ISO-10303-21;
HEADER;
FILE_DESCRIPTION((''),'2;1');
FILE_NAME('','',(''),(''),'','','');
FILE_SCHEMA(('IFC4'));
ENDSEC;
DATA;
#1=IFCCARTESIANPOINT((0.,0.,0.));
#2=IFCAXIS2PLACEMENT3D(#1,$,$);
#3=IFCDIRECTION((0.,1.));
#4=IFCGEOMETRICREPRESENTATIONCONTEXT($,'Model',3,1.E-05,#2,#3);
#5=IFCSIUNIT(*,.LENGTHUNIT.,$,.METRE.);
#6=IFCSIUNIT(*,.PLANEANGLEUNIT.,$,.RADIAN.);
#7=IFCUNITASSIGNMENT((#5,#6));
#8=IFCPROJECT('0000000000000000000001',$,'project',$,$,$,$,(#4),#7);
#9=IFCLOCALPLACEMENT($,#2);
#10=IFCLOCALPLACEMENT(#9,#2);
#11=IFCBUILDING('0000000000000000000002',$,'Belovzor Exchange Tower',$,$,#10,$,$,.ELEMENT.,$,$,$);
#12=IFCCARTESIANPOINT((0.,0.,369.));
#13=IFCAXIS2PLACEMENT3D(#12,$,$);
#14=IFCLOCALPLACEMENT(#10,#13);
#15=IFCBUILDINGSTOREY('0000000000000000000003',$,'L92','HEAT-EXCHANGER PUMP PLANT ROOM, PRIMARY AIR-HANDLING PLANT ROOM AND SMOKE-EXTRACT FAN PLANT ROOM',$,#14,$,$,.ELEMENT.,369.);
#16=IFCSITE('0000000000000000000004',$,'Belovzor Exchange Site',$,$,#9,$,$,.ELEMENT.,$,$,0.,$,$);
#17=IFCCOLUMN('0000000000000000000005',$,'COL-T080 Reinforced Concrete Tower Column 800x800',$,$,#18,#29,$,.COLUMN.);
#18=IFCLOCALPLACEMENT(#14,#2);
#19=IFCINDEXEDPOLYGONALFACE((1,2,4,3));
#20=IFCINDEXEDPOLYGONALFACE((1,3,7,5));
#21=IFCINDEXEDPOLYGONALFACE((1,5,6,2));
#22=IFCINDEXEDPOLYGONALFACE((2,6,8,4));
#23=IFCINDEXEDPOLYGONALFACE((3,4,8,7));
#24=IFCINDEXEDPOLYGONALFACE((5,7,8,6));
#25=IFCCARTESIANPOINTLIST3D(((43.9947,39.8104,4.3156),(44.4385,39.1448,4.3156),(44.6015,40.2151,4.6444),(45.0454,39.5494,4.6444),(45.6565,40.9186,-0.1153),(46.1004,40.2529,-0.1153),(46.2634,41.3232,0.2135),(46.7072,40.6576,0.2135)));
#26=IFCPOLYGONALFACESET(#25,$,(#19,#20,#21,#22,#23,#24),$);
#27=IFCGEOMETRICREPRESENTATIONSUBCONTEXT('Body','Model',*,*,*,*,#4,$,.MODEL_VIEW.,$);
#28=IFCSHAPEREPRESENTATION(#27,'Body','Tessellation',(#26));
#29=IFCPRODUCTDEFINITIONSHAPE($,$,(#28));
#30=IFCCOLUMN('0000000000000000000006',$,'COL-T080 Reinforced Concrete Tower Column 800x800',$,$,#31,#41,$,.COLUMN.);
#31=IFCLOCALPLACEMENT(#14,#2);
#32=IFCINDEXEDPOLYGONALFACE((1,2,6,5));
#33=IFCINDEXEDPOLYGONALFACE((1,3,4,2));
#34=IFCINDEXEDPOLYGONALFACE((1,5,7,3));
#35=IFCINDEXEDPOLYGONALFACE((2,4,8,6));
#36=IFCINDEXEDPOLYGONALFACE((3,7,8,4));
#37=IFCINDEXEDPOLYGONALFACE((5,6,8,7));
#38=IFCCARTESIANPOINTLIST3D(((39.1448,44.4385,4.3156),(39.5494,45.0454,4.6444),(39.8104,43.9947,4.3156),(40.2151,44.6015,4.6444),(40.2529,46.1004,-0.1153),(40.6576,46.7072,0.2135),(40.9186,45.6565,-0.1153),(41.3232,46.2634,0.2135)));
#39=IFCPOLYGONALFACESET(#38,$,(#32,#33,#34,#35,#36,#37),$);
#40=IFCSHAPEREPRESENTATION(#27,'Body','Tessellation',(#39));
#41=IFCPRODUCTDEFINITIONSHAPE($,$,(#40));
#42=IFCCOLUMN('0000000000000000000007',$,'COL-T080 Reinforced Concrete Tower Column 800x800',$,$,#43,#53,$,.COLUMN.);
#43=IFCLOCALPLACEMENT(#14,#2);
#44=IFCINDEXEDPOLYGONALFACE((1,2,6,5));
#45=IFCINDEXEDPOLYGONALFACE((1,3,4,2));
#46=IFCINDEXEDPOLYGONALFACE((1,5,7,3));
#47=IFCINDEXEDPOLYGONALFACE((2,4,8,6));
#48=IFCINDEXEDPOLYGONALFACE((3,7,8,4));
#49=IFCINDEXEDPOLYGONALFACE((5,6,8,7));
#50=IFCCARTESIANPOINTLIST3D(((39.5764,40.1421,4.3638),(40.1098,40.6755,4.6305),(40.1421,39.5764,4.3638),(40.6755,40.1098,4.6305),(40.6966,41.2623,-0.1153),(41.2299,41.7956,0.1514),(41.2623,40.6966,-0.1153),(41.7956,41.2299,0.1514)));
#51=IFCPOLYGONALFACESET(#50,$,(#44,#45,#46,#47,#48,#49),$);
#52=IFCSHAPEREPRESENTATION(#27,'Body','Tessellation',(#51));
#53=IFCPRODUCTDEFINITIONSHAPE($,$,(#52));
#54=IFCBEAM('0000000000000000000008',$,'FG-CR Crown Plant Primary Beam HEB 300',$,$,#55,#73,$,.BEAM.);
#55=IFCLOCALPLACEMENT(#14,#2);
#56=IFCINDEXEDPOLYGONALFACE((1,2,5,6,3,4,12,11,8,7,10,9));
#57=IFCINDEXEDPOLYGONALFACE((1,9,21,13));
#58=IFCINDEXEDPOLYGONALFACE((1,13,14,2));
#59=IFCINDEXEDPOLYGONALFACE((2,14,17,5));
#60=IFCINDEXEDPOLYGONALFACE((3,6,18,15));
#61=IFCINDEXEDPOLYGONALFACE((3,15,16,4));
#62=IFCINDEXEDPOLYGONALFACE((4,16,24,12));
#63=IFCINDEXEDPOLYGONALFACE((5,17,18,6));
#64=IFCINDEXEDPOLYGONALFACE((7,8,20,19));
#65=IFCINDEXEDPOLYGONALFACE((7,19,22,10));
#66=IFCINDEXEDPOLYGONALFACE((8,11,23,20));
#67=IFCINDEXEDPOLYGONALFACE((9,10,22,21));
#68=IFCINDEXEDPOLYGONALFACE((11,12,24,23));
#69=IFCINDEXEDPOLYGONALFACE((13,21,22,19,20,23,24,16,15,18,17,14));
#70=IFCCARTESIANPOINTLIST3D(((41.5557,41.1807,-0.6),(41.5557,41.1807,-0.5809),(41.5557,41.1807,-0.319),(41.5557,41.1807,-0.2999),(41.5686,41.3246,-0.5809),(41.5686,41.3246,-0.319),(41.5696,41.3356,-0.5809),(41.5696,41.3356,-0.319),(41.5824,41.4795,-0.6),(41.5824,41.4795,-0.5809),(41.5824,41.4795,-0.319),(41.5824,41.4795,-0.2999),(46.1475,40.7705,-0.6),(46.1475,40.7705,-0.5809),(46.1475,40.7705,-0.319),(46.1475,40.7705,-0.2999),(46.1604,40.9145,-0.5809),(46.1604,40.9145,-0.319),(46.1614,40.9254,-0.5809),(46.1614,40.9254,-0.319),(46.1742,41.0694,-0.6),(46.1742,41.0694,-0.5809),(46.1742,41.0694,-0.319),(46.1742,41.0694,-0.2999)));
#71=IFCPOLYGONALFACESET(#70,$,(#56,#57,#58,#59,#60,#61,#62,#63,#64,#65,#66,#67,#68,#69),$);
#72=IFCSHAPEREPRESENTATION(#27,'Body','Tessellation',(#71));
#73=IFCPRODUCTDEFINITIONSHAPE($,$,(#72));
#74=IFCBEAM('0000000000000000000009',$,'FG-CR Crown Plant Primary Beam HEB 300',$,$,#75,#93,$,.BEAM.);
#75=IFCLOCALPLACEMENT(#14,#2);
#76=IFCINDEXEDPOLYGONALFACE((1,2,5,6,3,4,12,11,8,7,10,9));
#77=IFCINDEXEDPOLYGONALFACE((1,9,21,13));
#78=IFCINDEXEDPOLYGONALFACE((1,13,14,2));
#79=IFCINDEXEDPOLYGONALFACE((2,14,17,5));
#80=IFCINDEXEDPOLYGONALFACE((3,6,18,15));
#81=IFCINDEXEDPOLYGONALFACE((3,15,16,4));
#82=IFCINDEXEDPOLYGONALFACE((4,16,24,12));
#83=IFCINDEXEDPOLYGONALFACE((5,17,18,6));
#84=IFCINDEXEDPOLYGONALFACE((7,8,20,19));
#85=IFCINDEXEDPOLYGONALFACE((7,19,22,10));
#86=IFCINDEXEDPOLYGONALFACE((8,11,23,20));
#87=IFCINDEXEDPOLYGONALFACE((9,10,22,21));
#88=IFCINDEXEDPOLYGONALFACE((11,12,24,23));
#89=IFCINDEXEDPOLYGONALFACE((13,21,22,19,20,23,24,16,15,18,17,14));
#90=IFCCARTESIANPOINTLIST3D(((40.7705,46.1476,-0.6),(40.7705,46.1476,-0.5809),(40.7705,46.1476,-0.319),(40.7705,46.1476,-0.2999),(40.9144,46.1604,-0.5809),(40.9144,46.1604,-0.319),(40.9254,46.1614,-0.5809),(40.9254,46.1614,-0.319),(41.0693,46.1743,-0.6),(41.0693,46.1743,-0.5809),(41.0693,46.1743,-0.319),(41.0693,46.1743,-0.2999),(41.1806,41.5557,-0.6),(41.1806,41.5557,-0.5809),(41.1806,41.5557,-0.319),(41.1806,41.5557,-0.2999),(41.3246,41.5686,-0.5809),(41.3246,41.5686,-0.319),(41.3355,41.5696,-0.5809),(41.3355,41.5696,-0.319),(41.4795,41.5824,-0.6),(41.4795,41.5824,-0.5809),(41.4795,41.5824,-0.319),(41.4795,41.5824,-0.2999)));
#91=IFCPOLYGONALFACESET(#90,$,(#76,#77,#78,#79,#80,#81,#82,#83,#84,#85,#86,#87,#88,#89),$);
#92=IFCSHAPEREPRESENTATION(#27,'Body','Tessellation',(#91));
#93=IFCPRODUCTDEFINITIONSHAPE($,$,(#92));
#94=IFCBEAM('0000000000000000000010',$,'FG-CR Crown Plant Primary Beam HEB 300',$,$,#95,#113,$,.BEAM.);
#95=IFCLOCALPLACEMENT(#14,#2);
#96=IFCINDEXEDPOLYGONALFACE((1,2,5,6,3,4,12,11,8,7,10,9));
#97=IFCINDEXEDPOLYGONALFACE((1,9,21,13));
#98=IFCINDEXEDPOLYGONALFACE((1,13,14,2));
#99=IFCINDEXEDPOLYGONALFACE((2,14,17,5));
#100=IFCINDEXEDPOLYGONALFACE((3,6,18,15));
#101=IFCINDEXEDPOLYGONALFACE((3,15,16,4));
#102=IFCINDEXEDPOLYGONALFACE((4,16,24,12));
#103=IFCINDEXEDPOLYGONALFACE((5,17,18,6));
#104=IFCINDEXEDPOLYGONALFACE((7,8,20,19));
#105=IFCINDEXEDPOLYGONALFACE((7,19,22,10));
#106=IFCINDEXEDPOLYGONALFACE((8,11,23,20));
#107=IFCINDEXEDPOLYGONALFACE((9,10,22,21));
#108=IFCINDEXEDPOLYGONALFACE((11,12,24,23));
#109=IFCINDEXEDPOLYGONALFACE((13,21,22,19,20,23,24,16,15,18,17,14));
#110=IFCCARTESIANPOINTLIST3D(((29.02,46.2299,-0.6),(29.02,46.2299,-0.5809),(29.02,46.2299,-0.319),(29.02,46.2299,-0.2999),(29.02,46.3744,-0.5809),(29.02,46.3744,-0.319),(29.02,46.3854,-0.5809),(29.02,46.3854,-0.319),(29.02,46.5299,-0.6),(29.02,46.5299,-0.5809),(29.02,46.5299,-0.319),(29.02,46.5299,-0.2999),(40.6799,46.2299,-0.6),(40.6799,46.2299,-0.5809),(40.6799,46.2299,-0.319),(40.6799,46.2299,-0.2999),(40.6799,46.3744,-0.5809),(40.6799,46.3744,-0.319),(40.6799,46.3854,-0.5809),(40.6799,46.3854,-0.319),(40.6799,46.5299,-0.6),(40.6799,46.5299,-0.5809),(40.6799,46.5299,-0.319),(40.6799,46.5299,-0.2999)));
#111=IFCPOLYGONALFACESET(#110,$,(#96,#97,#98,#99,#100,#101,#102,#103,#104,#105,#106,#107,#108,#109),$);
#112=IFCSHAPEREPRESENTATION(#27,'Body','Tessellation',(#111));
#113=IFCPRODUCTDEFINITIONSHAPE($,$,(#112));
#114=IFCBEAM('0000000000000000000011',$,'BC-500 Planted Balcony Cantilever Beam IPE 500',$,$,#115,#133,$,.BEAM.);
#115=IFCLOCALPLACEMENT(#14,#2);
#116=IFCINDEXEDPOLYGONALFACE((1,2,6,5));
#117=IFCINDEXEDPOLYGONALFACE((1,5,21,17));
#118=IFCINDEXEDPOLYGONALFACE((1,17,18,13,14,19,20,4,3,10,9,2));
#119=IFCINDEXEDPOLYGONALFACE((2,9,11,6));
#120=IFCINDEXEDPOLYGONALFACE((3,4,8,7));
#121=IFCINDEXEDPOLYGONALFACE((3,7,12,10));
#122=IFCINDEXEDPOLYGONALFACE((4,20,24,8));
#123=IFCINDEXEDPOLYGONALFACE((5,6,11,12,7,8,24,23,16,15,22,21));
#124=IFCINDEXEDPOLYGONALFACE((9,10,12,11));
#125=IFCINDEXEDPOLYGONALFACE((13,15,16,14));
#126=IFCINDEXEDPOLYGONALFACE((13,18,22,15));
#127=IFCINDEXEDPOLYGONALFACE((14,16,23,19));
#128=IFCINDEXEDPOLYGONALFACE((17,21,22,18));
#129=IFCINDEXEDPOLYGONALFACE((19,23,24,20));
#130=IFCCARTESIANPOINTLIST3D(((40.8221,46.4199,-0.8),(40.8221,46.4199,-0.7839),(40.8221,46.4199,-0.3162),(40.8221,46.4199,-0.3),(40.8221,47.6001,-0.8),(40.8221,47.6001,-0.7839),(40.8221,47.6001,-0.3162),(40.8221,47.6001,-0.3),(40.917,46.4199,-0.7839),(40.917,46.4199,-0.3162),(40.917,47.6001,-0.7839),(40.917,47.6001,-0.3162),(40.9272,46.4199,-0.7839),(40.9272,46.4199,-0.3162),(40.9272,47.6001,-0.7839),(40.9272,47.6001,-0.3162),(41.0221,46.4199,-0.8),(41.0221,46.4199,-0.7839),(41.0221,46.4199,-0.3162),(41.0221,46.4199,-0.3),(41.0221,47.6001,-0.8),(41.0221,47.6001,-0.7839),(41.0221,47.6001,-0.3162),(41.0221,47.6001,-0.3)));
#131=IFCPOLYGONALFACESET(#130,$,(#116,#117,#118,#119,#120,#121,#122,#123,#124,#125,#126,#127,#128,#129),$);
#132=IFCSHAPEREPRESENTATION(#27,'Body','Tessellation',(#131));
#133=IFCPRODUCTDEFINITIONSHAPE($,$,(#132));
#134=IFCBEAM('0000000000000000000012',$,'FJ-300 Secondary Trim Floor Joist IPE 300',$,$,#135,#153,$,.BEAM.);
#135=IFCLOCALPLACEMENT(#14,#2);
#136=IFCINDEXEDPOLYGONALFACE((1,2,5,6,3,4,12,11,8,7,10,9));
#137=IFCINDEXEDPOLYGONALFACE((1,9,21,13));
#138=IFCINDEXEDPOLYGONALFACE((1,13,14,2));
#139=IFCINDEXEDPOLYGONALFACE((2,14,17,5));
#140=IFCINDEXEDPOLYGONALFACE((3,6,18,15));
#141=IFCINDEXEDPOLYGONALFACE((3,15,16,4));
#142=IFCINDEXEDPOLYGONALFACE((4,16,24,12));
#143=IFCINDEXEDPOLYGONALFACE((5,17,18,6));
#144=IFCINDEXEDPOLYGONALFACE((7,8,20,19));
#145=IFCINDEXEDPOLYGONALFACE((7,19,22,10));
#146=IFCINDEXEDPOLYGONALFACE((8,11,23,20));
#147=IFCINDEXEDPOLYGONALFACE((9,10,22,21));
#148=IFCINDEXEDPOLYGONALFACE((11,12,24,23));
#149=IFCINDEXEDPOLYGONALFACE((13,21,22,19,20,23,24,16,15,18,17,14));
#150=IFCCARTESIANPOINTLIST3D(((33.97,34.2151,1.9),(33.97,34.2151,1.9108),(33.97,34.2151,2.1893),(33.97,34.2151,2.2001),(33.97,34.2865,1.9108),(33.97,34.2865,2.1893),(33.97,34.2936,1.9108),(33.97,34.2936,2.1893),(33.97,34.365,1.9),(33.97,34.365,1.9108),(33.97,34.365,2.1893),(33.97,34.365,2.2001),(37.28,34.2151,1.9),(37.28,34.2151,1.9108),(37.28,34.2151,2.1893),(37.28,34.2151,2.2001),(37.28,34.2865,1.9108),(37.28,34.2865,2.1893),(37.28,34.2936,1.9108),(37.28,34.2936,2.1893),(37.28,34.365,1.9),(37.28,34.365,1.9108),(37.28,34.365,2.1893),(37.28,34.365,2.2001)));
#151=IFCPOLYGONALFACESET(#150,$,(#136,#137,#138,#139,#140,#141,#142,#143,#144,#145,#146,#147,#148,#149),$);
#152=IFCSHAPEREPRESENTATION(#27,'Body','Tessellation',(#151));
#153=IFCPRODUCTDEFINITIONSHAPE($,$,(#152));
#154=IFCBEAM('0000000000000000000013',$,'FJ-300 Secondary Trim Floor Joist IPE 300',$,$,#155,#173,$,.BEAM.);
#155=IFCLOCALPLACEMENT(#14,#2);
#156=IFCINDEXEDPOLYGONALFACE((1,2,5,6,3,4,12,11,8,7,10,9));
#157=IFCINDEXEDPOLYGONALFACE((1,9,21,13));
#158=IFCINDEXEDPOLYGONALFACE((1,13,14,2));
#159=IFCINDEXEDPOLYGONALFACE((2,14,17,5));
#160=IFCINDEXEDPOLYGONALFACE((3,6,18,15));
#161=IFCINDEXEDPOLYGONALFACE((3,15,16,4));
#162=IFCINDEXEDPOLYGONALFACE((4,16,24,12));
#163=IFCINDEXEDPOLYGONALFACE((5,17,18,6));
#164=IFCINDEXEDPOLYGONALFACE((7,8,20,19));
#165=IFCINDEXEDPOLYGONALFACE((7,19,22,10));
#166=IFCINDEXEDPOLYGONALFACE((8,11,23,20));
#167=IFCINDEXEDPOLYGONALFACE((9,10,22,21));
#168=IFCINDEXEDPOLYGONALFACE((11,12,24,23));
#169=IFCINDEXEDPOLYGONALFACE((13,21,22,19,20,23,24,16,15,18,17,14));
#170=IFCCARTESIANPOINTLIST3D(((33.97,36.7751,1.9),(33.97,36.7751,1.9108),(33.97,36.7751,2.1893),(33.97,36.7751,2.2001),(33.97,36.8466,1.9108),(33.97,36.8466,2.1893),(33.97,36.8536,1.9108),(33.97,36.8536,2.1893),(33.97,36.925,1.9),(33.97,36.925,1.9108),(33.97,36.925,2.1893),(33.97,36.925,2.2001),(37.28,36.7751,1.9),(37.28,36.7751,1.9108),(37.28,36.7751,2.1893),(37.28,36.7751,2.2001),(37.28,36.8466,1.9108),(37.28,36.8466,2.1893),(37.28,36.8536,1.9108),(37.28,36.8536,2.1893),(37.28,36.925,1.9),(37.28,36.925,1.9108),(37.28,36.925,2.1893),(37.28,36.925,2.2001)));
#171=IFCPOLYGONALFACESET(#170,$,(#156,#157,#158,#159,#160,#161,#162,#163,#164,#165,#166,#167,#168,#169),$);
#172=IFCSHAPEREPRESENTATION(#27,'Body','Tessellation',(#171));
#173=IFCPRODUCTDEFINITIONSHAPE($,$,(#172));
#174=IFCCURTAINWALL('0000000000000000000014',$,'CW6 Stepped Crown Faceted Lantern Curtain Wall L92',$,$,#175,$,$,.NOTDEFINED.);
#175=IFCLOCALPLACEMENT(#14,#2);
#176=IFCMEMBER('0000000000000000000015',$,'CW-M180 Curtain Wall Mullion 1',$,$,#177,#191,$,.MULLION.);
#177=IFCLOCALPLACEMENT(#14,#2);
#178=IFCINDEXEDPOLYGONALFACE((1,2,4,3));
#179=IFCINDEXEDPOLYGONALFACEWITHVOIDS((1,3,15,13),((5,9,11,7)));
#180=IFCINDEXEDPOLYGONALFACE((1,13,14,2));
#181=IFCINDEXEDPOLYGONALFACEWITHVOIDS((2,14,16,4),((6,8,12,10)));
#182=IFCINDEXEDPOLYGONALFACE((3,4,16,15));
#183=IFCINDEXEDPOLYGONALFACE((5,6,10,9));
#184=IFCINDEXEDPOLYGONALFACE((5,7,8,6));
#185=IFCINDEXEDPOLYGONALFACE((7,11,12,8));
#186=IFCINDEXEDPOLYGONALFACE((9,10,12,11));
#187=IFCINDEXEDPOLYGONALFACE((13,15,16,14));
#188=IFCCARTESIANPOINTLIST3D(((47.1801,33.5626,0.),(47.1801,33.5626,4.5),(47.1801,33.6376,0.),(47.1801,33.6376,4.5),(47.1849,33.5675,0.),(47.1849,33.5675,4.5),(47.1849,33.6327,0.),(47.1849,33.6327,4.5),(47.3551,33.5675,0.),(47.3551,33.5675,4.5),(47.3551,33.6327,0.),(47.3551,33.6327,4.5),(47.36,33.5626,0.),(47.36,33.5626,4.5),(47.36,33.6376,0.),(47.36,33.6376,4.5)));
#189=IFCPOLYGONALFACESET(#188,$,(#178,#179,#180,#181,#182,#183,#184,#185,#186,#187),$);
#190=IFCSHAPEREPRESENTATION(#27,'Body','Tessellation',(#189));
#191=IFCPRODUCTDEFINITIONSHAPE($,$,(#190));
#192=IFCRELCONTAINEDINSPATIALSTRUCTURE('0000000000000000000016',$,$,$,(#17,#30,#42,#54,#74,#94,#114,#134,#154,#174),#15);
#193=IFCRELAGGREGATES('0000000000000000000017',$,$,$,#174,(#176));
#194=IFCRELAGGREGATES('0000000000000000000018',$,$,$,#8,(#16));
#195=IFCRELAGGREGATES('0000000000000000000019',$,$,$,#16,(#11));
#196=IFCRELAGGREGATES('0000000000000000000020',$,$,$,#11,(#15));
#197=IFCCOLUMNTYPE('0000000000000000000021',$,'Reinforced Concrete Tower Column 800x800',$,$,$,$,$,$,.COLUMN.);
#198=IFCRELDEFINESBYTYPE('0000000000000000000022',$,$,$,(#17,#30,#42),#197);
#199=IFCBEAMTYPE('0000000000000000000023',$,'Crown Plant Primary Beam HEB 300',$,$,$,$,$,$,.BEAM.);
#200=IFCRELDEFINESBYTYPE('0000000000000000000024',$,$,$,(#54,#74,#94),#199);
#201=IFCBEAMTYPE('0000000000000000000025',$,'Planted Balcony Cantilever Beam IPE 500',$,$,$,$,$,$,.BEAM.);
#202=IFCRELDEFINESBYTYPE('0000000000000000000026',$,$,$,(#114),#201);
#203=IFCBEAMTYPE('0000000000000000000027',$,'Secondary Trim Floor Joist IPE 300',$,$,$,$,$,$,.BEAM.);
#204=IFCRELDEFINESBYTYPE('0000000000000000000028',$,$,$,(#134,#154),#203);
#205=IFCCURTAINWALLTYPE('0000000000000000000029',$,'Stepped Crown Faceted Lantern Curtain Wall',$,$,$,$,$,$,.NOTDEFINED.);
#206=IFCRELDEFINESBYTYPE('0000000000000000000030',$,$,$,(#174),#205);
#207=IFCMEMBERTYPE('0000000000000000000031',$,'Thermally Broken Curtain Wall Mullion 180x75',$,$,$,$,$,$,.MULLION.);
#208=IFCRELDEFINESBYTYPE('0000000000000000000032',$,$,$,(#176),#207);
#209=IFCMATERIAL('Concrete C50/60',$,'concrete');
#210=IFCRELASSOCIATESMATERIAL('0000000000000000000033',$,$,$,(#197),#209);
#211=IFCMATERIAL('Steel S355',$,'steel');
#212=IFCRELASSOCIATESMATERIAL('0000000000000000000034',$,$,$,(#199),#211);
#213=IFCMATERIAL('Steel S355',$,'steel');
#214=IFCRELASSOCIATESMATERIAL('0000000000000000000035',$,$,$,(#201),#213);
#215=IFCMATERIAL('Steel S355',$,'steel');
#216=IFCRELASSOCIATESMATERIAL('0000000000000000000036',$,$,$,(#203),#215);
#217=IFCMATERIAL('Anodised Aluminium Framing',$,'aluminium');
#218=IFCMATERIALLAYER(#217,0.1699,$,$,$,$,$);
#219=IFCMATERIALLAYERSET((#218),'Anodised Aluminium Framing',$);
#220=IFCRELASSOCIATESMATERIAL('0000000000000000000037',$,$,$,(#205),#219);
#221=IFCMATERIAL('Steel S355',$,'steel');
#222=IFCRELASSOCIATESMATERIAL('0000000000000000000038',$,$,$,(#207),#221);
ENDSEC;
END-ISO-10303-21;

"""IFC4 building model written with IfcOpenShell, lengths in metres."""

from ifc_helpers import new_model, si_unit, direction, frame, origin, origin_2d, place, context, subcontext, project, spatial, rectangle, hollow_rectangle, i_section, extrude, material, layer, layer_set, material_profile, profile_set, type_object, element, aggregate, save


model = new_model("IFC4")

# Units and contexts
model_context = context("Model", 3, precision=1e-05, world=origin(), true_north=direction((0.0, 1.0)))
body_context = subcontext(model_context, "Body", "Model", "MODEL_VIEW")
ifc_project = project(units=[si_unit("LENGTHUNIT", "METRE"), si_unit("PLANEANGLEUNIT", "RADIAN")], contexts=[model_context])

# Site, building, storey
site_placement = place(None, origin())
site = spatial("IfcSite", under=ifc_project, at=site_placement, Name="Belovzor Exchange Site", CompositionType="ELEMENT", RefElevation=0.0)
building_placement = place(site_placement, origin())
building = spatial("IfcBuilding", under=site, at=building_placement, Name="Belovzor Exchange Tower", CompositionType="ELEMENT")
storey_placement = place(building_placement, frame((0.0, 0.0, 369.0)))
storey = spatial("IfcBuildingStorey", under=building, at=storey_placement, Name="L92", Description="HEAT-EXCHANGER PUMP PLANT ROOM, PRIMARY AIR-HANDLING PLANT ROOM AND SMOKE-EXTRACT FAN PLANT ROOM", CompositionType="ELEMENT", Elevation=369.0)

# Columns
ifc_material_1 = material(Name="Concrete C50/60", Category="concrete")
ifc_material_profile_1 = material_profile(ifc_material_1, rectangle(XDim=0.8, YDim=0.8, at=origin_2d()))
ifc_profile_set_1 = profile_set([ifc_material_profile_1], Name="Concrete C50/60")
column_type = type_object("IfcColumnType", Name="Reinforced Concrete Tower Column 800x800", PredefinedType="COLUMN", material=ifc_profile_set_1)
for number, where, z_axis, x_axis, name in (
    (1, (46.1819, 40.7881, 0.0491), (-0.341925, -0.228, 0.911649), (0.554785, -0.831994, 0.0), "COL-T080 Reinforced Concrete Tower Column 800x800"),
    (2, (40.7881, 46.1819, 0.0491), (-0.228, -0.341925, 0.911649), (0.831994, -0.554785, 0.0), "COL-T080 Reinforced Concrete Tower Column 800x800"),
):
    element("IfcColumn", number, at=place(storey_placement, frame(where, z_axis=z_axis, x_axis=x_axis)), inside=storey, type_object=column_type, Name=name, PredefinedType="COLUMN", context=body_context, shape_type="SweptSolid", body=[
        extrude(rectangle(XDim=0.8, YDim=0.8, at=origin_2d()), origin(), (0.0, 0.0, 1.0), 4.8604),
    ])
column_placement = place(storey_placement, frame((41.2461, 41.2461, 0.0181), z_axis=(-0.235771, -0.235771, 0.942775), x_axis=(0.707107, -0.707107, 0.0)))
element("IfcColumn", 3, at=column_placement, inside=storey, type_object=column_type, Name="COL-T080 Reinforced Concrete Tower Column 800x800", PredefinedType="COLUMN", context=body_context, shape_type="SweptSolid", body=[
    extrude(rectangle(XDim=0.8, YDim=0.8, at=origin_2d()), origin(), (0.0, 0.0, 1.0), 4.751),
])

# Beams
ifc_material_2 = material(Name="Steel S355", Category="steel")
ifc_material_profile_2 = material_profile(ifc_material_2, i_section(OverallWidth=0.3, OverallDepth=0.3, WebThickness=0.011, FlangeThickness=0.019, at=origin_2d()))
ifc_profile_set_2 = profile_set([ifc_material_profile_2], Name="Steel S355")
beam_type_1 = type_object("IfcBeamType", Name="Crown Plant Primary Beam HEB 300", PredefinedType="BEAM", material=ifc_profile_set_2)
for number, where, z_axis, x_axis, name in (
    (4, (46.1609, 40.9199, -0.45), (-0.996034, 0.088969, 0.0), (-0.088969, -0.996034, 0.0), "FG-CR Crown Plant Primary Beam HEB 300"),
    (5, (41.3301, 41.5691, -0.45), (-0.088969, 0.996034, 0.0), (-0.996034, -0.088969, 0.0), "FG-CR Crown Plant Primary Beam HEB 300"),
):
    element("IfcBeam", number, at=place(storey_placement, frame(where, z_axis=z_axis, x_axis=x_axis)), inside=storey, type_object=beam_type_1, Name=name, PredefinedType="BEAM", context=body_context, shape_type="SweptSolid", body=[
        extrude(i_section(OverallWidth=0.3, OverallDepth=0.3, WebThickness=0.011, FlangeThickness=0.019, at=origin_2d()), origin(), (0.0, 0.0, 1.0), 4.6101),
    ])
beam_1_placement = place(storey_placement, frame((40.6799, 46.3799, -0.45), z_axis=(-1.0, 0.0, 0.0), x_axis=(0.0, -1.0, 0.0)))
element("IfcBeam", 6, at=beam_1_placement, inside=storey, type_object=beam_type_1, Name="FG-CR Crown Plant Primary Beam HEB 300", PredefinedType="BEAM", context=body_context, shape_type="SweptSolid", body=[
    extrude(i_section(OverallWidth=0.3, OverallDepth=0.3, WebThickness=0.011, FlangeThickness=0.019, at=origin_2d()), origin(), (0.0, 0.0, 1.0), 11.6599),
])
ifc_material_3 = material(Name="Steel S355", Category="steel")
ifc_material_profile_3 = material_profile(ifc_material_3, i_section(OverallWidth=0.2, OverallDepth=0.5, WebThickness=0.0103, FlangeThickness=0.0161, at=origin_2d()))
ifc_profile_set_3 = profile_set([ifc_material_profile_3], Name="Steel S355")
beam_type_2 = type_object("IfcBeamType", Name="Planted Balcony Cantilever Beam IPE 500", PredefinedType="BEAM", material=ifc_profile_set_3)
beam_2_placement = place(storey_placement, frame((40.9221, 46.4199, -0.55), z_axis=(0.0, 1.0, 0.0), x_axis=(-1.0, 0.0, 0.0)))
element("IfcBeam", 7, at=beam_2_placement, inside=storey, type_object=beam_type_2, Name="BC-500 Planted Balcony Cantilever Beam IPE 500", PredefinedType="BEAM", context=body_context, shape_type="SweptSolid", body=[
    extrude(i_section(OverallWidth=0.2, OverallDepth=0.5, WebThickness=0.0103, FlangeThickness=0.0161, at=origin_2d()), origin(), (0.0, 0.0, 1.0), 1.1802),
])
ifc_material_4 = material(Name="Steel S355", Category="steel")
ifc_material_profile_4 = material_profile(ifc_material_4, i_section(OverallWidth=0.1499, OverallDepth=0.3, WebThickness=0.0071, FlangeThickness=0.0107, at=origin_2d()))
ifc_profile_set_4 = profile_set([ifc_material_profile_4], Name="Steel S355")
beam_type_3 = type_object("IfcBeamType", Name="Secondary Trim Floor Joist IPE 300", PredefinedType="BEAM", material=ifc_profile_set_4)
for number, where, z_axis, x_axis, name in (
    (8, (37.28, 34.29, 2.05), (-1.0, 0.0, 0.0), (0.0, -1.0, 0.0), "FJ-300 Secondary Trim Floor Joist IPE 300"),
    (9, (37.28, 36.8501, 2.05), (-1.0, 0.0, 0.0), (0.0, -1.0, 0.0), "FJ-300 Secondary Trim Floor Joist IPE 300"),
):
    element("IfcBeam", number, at=place(storey_placement, frame(where, z_axis=z_axis, x_axis=x_axis)), inside=storey, type_object=beam_type_3, Name=name, PredefinedType="BEAM", context=body_context, shape_type="SweptSolid", body=[
        extrude(i_section(OverallWidth=0.1499, OverallDepth=0.3, WebThickness=0.0071, FlangeThickness=0.0107, at=origin_2d()), origin(), (0.0, 0.0, 1.0), 3.3101),
    ])

# Curtain wall, member
ifc_material_5 = material(Name="Anodised Aluminium Framing", Category="aluminium")
ifc_layer_1 = layer(ifc_material_5, 0.1699)
ifc_layer_set_1 = layer_set([ifc_layer_1], Name="Anodised Aluminium Framing")
curtain_wall_type = type_object("IfcCurtainWallType", Name="Stepped Crown Faceted Lantern Curtain Wall", PredefinedType="NOTDEFINED", material=ifc_layer_set_1)
curtain_wall_placement = place(storey_placement, origin())
curtain_wall = element("IfcCurtainWall", 10, at=curtain_wall_placement, inside=storey, type_object=curtain_wall_type, Name="CW6 Stepped Crown Faceted Lantern Curtain Wall L92", PredefinedType="NOTDEFINED")
ifc_material_6 = material(Name="Steel S355", Category="steel")
ifc_material_profile_5 = material_profile(ifc_material_6, hollow_rectangle(XDim=0.075, YDim=0.1799, WallThickness=0.0049, at=origin_2d()))
ifc_profile_set_5 = profile_set([ifc_material_profile_5], Name="Steel S355")
member_type_1 = type_object("IfcMemberType", Name="Thermally Broken Curtain Wall Mullion 180x75", PredefinedType="MULLION", material=ifc_profile_set_5)
member_1_placement = place(storey_placement, frame((47.27, 33.6001, 0.0), z_axis=(0.0, 0.0, 1.0), x_axis=(0.0, -1.0, 0.0)))
member_1 = element("IfcMember", 11, at=member_1_placement, type_object=member_type_1, Name="CW-M180 Curtain Wall Mullion 1", PredefinedType="MULLION", context=body_context, shape_type="SweptSolid", body=[
    extrude(hollow_rectangle(XDim=0.075, YDim=0.1799, WallThickness=0.0049, at=origin_2d()), origin(), (0.0, 0.0, 1.0), 4.5),
])

aggregate(curtain_wall, [member_1])

save(model, "model.ifc")
